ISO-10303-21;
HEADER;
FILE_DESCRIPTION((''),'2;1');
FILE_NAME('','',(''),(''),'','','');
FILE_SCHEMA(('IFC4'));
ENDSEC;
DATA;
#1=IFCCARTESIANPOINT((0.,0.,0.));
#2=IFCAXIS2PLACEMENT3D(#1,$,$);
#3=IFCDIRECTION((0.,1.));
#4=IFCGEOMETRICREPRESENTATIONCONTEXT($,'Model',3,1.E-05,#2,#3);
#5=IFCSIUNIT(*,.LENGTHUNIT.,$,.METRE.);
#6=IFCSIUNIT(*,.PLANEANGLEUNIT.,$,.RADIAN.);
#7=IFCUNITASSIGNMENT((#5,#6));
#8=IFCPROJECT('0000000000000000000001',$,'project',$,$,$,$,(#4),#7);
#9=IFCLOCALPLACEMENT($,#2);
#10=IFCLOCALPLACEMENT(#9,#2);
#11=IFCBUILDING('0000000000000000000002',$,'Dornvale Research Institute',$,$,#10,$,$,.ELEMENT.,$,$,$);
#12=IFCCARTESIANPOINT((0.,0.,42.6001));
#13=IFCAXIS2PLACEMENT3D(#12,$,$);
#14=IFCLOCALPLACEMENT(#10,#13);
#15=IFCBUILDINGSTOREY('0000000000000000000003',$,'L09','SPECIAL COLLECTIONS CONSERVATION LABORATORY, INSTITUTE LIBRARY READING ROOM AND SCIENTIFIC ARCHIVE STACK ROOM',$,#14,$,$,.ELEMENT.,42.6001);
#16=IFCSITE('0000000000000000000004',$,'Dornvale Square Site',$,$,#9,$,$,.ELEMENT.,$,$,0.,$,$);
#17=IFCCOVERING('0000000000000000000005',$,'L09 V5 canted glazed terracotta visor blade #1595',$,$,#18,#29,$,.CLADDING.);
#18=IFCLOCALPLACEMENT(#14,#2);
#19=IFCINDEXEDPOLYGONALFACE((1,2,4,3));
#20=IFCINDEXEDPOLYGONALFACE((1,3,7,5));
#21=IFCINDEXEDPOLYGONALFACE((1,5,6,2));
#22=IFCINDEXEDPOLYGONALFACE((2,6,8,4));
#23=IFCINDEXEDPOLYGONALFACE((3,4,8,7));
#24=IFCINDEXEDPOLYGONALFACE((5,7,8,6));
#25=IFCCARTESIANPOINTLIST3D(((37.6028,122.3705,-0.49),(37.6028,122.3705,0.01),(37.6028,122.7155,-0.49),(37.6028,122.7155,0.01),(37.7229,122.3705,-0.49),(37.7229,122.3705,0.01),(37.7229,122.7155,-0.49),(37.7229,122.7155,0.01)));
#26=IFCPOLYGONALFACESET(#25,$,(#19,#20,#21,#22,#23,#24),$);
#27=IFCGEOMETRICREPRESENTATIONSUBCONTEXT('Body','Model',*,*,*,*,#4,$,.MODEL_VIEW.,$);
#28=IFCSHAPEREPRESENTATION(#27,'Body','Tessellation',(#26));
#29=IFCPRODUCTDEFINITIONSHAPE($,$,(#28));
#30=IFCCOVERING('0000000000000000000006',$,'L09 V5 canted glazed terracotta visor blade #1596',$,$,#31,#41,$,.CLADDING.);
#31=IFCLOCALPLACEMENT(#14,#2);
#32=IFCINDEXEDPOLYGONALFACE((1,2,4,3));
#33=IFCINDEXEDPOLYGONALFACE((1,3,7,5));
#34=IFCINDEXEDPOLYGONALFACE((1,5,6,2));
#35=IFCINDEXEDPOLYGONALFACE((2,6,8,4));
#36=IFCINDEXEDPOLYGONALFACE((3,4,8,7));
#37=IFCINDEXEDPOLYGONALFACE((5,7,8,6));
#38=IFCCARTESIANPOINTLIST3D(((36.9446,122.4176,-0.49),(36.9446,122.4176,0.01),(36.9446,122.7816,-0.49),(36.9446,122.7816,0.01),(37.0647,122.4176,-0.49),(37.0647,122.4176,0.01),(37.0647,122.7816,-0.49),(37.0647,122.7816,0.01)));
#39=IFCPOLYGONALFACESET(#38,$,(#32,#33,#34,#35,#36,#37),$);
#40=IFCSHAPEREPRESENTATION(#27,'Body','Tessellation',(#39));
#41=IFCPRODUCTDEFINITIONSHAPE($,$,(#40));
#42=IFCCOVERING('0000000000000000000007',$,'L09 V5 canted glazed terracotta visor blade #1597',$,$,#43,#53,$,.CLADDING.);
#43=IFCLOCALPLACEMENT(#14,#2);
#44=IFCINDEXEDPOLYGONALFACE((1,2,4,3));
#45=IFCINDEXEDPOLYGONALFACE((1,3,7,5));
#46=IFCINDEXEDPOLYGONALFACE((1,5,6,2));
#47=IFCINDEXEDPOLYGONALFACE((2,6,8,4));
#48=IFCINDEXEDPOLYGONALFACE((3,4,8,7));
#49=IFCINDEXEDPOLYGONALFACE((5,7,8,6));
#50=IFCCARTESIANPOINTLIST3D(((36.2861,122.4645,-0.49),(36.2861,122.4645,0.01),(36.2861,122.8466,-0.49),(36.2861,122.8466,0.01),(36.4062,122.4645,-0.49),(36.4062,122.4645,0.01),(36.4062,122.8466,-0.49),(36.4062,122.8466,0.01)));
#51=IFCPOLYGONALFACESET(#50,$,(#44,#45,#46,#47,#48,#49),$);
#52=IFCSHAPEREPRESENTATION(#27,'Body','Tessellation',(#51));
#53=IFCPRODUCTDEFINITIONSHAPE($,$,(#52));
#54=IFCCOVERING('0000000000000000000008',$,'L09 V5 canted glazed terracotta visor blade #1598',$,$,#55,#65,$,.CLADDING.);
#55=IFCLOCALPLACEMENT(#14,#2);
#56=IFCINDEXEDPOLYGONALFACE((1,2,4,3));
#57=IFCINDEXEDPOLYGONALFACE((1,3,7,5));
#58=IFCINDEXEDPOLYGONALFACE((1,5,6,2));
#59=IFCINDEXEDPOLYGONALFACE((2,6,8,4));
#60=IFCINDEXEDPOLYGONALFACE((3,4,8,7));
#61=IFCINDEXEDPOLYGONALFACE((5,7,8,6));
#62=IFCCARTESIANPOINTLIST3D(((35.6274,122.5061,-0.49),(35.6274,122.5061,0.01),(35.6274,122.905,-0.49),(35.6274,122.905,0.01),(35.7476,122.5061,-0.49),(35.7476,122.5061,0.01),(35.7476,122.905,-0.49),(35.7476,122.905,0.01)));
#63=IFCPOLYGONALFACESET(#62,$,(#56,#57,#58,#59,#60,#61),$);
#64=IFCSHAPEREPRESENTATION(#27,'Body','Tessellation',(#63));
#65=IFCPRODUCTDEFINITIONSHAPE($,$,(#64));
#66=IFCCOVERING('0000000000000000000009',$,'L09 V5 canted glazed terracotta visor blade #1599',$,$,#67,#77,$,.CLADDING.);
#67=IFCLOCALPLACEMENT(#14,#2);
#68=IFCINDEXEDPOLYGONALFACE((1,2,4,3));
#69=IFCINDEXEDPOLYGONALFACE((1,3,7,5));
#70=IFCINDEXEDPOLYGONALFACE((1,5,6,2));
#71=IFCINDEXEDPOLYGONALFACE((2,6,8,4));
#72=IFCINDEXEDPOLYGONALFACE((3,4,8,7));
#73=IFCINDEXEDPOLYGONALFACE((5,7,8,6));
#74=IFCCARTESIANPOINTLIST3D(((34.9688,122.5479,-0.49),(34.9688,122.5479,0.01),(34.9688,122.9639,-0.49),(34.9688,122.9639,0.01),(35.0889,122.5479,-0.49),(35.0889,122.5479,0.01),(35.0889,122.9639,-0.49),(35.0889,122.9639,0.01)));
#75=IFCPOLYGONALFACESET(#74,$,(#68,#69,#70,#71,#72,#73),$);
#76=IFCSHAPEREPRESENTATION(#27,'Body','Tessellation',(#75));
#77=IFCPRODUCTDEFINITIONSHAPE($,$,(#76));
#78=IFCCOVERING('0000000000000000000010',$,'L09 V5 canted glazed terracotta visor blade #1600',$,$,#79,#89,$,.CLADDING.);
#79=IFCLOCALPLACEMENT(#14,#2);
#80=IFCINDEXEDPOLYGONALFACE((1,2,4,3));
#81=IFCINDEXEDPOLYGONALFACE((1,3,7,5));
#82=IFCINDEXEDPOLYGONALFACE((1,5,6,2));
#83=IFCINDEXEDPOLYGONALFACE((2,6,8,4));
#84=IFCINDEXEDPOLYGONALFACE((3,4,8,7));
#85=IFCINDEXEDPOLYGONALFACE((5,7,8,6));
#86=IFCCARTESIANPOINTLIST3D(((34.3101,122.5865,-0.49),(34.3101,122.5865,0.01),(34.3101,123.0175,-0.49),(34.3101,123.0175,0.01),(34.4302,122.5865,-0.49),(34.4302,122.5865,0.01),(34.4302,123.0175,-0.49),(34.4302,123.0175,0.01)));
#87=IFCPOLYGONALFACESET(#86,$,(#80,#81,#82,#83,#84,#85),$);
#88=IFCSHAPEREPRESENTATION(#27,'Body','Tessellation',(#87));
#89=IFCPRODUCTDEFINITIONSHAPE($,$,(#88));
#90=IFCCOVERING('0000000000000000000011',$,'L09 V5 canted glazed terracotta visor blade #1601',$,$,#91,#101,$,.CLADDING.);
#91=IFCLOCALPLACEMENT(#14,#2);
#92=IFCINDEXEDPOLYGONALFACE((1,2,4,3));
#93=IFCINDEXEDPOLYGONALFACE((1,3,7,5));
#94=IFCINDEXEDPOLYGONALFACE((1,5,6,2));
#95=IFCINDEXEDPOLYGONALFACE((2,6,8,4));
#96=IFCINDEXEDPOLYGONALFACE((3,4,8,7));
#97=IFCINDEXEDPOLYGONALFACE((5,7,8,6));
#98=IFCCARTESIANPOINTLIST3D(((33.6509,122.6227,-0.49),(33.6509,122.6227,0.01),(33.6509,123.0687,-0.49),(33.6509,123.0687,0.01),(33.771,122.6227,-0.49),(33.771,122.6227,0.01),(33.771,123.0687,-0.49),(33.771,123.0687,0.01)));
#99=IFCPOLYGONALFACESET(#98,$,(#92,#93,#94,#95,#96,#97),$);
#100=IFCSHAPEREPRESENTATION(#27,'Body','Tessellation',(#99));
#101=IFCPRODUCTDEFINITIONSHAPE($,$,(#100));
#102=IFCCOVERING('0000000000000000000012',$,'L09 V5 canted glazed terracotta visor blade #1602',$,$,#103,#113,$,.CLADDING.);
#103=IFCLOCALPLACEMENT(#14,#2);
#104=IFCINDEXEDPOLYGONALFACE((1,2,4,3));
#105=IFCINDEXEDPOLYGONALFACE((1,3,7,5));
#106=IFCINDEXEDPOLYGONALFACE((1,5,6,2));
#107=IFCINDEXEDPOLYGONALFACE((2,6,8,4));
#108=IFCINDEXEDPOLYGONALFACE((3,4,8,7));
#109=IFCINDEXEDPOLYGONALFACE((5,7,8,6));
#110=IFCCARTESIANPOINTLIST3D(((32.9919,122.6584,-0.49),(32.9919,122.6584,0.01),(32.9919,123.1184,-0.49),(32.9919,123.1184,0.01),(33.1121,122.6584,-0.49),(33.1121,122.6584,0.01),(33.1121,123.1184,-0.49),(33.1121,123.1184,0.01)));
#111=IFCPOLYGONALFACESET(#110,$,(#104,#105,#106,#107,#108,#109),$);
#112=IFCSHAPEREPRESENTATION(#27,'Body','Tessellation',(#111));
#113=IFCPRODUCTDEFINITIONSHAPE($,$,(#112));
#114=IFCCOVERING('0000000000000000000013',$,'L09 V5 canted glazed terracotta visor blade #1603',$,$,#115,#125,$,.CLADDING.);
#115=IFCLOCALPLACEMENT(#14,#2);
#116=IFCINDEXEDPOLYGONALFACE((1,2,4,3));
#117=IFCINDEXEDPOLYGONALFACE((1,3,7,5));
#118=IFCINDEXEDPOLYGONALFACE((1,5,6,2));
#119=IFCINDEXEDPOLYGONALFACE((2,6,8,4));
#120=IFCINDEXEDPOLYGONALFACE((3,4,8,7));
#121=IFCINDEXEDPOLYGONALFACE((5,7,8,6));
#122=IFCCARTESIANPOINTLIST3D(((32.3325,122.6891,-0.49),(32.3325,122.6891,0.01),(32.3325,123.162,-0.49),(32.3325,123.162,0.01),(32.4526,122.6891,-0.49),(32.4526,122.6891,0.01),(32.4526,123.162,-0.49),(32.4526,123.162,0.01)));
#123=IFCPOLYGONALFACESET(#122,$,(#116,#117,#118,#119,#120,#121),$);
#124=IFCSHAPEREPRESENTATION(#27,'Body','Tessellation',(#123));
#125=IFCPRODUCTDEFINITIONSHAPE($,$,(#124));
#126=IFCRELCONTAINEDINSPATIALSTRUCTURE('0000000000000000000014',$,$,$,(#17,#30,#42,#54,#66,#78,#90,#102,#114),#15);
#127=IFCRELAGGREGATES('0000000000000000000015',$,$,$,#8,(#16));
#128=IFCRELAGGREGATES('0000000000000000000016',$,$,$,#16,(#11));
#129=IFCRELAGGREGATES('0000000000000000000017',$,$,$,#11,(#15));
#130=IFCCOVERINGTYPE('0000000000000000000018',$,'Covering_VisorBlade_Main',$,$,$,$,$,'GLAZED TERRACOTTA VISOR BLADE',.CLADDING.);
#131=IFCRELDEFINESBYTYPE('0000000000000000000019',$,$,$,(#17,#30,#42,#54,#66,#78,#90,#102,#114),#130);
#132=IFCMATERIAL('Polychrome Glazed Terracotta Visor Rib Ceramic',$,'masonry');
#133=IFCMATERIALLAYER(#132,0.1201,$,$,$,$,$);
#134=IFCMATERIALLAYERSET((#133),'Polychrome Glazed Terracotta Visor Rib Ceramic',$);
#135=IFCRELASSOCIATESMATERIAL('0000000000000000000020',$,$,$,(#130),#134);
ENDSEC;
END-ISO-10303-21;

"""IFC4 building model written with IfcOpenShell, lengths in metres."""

from ifc_helpers import new_model, si_unit, direction, frame, origin, origin_2d, place, context, subcontext, project, spatial, rectangle, extrude, material, layer, layer_set, type_object, element, save


model = new_model("IFC4")

# Units and contexts
model_context = context("Model", 3, precision=1e-05, world=origin(), true_north=direction((0.0, 1.0)))
body_context = subcontext(model_context, "Body", "Model", "MODEL_VIEW")
ifc_project = project(units=[si_unit("LENGTHUNIT", "METRE"), si_unit("PLANEANGLEUNIT", "RADIAN")], contexts=[model_context])

# Site, building, storey
site_placement = place(None, origin())
site = spatial("IfcSite", under=ifc_project, at=site_placement, Name="Dornvale Square Site", CompositionType="ELEMENT", RefElevation=0.0)
building_placement = place(site_placement, origin())
building = spatial("IfcBuilding", under=site, at=building_placement, Name="Dornvale Research Institute", CompositionType="ELEMENT")
storey_placement = place(building_placement, frame((0.0, 0.0, 42.6001)))
storey = spatial("IfcBuildingStorey", under=building, at=storey_placement, Name="L09", Description="SPECIAL COLLECTIONS CONSERVATION LABORATORY, INSTITUTE LIBRARY READING ROOM AND SCIENTIFIC ARCHIVE STACK ROOM", CompositionType="ELEMENT", Elevation=42.6001)

# Coverings
ifc_material_1 = material(Name="Polychrome Glazed Terracotta Visor Rib Ceramic", Category="masonry")
ifc_layer_1 = layer(ifc_material_1, 0.1201)
ifc_layer_set_1 = layer_set([ifc_layer_1], Name="Polychrome Glazed Terracotta Visor Rib Ceramic")
covering_type = type_object("IfcCoveringType", Name="Covering_VisorBlade_Main", ElementType="GLAZED TERRACOTTA VISOR BLADE", PredefinedType="CLADDING", material=ifc_layer_set_1)
covering_1_placement = place(storey_placement, frame((37.6628, 122.543, -0.49), z_axis=(0.0, 0.0, 1.0), x_axis=(0.0, 1.0, 0.0)))
element("IfcCovering", 1, at=covering_1_placement, inside=storey, type_object=covering_type, Name="L09 V5 canted glazed terracotta visor blade #1595", PredefinedType="CLADDING", context=body_context, shape_type="SweptSolid", body=[
    extrude(rectangle(XDim=0.345, YDim=0.1201, at=origin_2d()), origin(), (0.0, 0.0, 1.0), 0.5),
])
covering_2_placement = place(storey_placement, frame((37.0046, 122.5996, -0.49), z_axis=(0.0, 0.0, 1.0), x_axis=(0.0, 1.0, 0.0)))
element("IfcCovering", 2, at=covering_2_placement, inside=storey, type_object=covering_type, Name="L09 V5 canted glazed terracotta visor blade #1596", PredefinedType="CLADDING", context=body_context, shape_type="SweptSolid", body=[
    extrude(rectangle(XDim=0.364, YDim=0.1201, at=origin_2d()), origin(), (0.0, 0.0, 1.0), 0.5),
])
covering_3_placement = place(storey_placement, frame((36.3462, 122.6555, -0.49), z_axis=(0.0, 0.0, 1.0), x_axis=(0.0, 1.0, 0.0)))
element("IfcCovering", 3, at=covering_3_placement, inside=storey, type_object=covering_type, Name="L09 V5 canted glazed terracotta visor blade #1597", PredefinedType="CLADDING", context=body_context, shape_type="SweptSolid", body=[
    extrude(rectangle(XDim=0.3821, YDim=0.1201, at=origin_2d()), origin(), (0.0, 0.0, 1.0), 0.5),
])
covering_4_placement = place(storey_placement, frame((35.6875, 122.7056, -0.49), z_axis=(0.0, 0.0, 1.0), x_axis=(0.0, 1.0, 0.0)))
element("IfcCovering", 4, at=covering_4_placement, inside=storey, type_object=covering_type, Name="L09 V5 canted glazed terracotta visor blade #1598", PredefinedType="CLADDING", context=body_context, shape_type="SweptSolid", body=[
    extrude(rectangle(XDim=0.3989, YDim=0.1201, at=origin_2d()), origin(), (0.0, 0.0, 1.0), 0.5),
])
covering_5_placement = place(storey_placement, frame((35.0288, 122.7559, -0.49), z_axis=(0.0, 0.0, 1.0), x_axis=(0.0, 1.0, 0.0)))
element("IfcCovering", 5, at=covering_5_placement, inside=storey, type_object=covering_type, Name="L09 V5 canted glazed terracotta visor blade #1599", PredefinedType="CLADDING", context=body_context, shape_type="SweptSolid", body=[
    extrude(rectangle(XDim=0.416, YDim=0.1201, at=origin_2d()), origin(), (0.0, 0.0, 1.0), 0.5),
])
covering_6_placement = place(storey_placement, frame((34.3701, 122.802, -0.49), z_axis=(0.0, 0.0, 1.0), x_axis=(0.0, 1.0, 0.0)))
element("IfcCovering", 6, at=covering_6_placement, inside=storey, type_object=covering_type, Name="L09 V5 canted glazed terracotta visor blade #1600", PredefinedType="CLADDING", context=body_context, shape_type="SweptSolid", body=[
    extrude(rectangle(XDim=0.4309, YDim=0.1201, at=origin_2d()), origin(), (0.0, 0.0, 1.0), 0.5),
])
covering_7_placement = place(storey_placement, frame((33.7109, 122.8457, -0.49), z_axis=(0.0, 0.0, 1.0), x_axis=(0.0, 1.0, 0.0)))
element("IfcCovering", 7, at=covering_7_placement, inside=storey, type_object=covering_type, Name="L09 V5 canted glazed terracotta visor blade #1601", PredefinedType="CLADDING", context=body_context, shape_type="SweptSolid", body=[
    extrude(rectangle(XDim=0.446, YDim=0.1201, at=origin_2d()), origin(), (0.0, 0.0, 1.0), 0.5),
])
covering_8_placement = place(storey_placement, frame((33.052, 122.8884, -0.49), z_axis=(0.0, 0.0, 1.0), x_axis=(0.0, 1.0, 0.0)))
element("IfcCovering", 8, at=covering_8_placement, inside=storey, type_object=covering_type, Name="L09 V5 canted glazed terracotta visor blade #1602", PredefinedType="CLADDING", context=body_context, shape_type="SweptSolid", body=[
    extrude(rectangle(XDim=0.46, YDim=0.1201, at=origin_2d()), origin(), (0.0, 0.0, 1.0), 0.5),
])
covering_9_placement = place(storey_placement, frame((32.3926, 122.9255, -0.49), z_axis=(0.0, 0.0, 1.0), x_axis=(0.0, 1.0, 0.0)))
element("IfcCovering", 9, at=covering_9_placement, inside=storey, type_object=covering_type, Name="L09 V5 canted glazed terracotta visor blade #1603", PredefinedType="CLADDING", context=body_context, shape_type="SweptSolid", body=[
    extrude(rectangle(XDim=0.4729, YDim=0.1201, at=origin_2d()), origin(), (0.0, 0.0, 1.0), 0.5),
])

save(model, "model.ifc")
